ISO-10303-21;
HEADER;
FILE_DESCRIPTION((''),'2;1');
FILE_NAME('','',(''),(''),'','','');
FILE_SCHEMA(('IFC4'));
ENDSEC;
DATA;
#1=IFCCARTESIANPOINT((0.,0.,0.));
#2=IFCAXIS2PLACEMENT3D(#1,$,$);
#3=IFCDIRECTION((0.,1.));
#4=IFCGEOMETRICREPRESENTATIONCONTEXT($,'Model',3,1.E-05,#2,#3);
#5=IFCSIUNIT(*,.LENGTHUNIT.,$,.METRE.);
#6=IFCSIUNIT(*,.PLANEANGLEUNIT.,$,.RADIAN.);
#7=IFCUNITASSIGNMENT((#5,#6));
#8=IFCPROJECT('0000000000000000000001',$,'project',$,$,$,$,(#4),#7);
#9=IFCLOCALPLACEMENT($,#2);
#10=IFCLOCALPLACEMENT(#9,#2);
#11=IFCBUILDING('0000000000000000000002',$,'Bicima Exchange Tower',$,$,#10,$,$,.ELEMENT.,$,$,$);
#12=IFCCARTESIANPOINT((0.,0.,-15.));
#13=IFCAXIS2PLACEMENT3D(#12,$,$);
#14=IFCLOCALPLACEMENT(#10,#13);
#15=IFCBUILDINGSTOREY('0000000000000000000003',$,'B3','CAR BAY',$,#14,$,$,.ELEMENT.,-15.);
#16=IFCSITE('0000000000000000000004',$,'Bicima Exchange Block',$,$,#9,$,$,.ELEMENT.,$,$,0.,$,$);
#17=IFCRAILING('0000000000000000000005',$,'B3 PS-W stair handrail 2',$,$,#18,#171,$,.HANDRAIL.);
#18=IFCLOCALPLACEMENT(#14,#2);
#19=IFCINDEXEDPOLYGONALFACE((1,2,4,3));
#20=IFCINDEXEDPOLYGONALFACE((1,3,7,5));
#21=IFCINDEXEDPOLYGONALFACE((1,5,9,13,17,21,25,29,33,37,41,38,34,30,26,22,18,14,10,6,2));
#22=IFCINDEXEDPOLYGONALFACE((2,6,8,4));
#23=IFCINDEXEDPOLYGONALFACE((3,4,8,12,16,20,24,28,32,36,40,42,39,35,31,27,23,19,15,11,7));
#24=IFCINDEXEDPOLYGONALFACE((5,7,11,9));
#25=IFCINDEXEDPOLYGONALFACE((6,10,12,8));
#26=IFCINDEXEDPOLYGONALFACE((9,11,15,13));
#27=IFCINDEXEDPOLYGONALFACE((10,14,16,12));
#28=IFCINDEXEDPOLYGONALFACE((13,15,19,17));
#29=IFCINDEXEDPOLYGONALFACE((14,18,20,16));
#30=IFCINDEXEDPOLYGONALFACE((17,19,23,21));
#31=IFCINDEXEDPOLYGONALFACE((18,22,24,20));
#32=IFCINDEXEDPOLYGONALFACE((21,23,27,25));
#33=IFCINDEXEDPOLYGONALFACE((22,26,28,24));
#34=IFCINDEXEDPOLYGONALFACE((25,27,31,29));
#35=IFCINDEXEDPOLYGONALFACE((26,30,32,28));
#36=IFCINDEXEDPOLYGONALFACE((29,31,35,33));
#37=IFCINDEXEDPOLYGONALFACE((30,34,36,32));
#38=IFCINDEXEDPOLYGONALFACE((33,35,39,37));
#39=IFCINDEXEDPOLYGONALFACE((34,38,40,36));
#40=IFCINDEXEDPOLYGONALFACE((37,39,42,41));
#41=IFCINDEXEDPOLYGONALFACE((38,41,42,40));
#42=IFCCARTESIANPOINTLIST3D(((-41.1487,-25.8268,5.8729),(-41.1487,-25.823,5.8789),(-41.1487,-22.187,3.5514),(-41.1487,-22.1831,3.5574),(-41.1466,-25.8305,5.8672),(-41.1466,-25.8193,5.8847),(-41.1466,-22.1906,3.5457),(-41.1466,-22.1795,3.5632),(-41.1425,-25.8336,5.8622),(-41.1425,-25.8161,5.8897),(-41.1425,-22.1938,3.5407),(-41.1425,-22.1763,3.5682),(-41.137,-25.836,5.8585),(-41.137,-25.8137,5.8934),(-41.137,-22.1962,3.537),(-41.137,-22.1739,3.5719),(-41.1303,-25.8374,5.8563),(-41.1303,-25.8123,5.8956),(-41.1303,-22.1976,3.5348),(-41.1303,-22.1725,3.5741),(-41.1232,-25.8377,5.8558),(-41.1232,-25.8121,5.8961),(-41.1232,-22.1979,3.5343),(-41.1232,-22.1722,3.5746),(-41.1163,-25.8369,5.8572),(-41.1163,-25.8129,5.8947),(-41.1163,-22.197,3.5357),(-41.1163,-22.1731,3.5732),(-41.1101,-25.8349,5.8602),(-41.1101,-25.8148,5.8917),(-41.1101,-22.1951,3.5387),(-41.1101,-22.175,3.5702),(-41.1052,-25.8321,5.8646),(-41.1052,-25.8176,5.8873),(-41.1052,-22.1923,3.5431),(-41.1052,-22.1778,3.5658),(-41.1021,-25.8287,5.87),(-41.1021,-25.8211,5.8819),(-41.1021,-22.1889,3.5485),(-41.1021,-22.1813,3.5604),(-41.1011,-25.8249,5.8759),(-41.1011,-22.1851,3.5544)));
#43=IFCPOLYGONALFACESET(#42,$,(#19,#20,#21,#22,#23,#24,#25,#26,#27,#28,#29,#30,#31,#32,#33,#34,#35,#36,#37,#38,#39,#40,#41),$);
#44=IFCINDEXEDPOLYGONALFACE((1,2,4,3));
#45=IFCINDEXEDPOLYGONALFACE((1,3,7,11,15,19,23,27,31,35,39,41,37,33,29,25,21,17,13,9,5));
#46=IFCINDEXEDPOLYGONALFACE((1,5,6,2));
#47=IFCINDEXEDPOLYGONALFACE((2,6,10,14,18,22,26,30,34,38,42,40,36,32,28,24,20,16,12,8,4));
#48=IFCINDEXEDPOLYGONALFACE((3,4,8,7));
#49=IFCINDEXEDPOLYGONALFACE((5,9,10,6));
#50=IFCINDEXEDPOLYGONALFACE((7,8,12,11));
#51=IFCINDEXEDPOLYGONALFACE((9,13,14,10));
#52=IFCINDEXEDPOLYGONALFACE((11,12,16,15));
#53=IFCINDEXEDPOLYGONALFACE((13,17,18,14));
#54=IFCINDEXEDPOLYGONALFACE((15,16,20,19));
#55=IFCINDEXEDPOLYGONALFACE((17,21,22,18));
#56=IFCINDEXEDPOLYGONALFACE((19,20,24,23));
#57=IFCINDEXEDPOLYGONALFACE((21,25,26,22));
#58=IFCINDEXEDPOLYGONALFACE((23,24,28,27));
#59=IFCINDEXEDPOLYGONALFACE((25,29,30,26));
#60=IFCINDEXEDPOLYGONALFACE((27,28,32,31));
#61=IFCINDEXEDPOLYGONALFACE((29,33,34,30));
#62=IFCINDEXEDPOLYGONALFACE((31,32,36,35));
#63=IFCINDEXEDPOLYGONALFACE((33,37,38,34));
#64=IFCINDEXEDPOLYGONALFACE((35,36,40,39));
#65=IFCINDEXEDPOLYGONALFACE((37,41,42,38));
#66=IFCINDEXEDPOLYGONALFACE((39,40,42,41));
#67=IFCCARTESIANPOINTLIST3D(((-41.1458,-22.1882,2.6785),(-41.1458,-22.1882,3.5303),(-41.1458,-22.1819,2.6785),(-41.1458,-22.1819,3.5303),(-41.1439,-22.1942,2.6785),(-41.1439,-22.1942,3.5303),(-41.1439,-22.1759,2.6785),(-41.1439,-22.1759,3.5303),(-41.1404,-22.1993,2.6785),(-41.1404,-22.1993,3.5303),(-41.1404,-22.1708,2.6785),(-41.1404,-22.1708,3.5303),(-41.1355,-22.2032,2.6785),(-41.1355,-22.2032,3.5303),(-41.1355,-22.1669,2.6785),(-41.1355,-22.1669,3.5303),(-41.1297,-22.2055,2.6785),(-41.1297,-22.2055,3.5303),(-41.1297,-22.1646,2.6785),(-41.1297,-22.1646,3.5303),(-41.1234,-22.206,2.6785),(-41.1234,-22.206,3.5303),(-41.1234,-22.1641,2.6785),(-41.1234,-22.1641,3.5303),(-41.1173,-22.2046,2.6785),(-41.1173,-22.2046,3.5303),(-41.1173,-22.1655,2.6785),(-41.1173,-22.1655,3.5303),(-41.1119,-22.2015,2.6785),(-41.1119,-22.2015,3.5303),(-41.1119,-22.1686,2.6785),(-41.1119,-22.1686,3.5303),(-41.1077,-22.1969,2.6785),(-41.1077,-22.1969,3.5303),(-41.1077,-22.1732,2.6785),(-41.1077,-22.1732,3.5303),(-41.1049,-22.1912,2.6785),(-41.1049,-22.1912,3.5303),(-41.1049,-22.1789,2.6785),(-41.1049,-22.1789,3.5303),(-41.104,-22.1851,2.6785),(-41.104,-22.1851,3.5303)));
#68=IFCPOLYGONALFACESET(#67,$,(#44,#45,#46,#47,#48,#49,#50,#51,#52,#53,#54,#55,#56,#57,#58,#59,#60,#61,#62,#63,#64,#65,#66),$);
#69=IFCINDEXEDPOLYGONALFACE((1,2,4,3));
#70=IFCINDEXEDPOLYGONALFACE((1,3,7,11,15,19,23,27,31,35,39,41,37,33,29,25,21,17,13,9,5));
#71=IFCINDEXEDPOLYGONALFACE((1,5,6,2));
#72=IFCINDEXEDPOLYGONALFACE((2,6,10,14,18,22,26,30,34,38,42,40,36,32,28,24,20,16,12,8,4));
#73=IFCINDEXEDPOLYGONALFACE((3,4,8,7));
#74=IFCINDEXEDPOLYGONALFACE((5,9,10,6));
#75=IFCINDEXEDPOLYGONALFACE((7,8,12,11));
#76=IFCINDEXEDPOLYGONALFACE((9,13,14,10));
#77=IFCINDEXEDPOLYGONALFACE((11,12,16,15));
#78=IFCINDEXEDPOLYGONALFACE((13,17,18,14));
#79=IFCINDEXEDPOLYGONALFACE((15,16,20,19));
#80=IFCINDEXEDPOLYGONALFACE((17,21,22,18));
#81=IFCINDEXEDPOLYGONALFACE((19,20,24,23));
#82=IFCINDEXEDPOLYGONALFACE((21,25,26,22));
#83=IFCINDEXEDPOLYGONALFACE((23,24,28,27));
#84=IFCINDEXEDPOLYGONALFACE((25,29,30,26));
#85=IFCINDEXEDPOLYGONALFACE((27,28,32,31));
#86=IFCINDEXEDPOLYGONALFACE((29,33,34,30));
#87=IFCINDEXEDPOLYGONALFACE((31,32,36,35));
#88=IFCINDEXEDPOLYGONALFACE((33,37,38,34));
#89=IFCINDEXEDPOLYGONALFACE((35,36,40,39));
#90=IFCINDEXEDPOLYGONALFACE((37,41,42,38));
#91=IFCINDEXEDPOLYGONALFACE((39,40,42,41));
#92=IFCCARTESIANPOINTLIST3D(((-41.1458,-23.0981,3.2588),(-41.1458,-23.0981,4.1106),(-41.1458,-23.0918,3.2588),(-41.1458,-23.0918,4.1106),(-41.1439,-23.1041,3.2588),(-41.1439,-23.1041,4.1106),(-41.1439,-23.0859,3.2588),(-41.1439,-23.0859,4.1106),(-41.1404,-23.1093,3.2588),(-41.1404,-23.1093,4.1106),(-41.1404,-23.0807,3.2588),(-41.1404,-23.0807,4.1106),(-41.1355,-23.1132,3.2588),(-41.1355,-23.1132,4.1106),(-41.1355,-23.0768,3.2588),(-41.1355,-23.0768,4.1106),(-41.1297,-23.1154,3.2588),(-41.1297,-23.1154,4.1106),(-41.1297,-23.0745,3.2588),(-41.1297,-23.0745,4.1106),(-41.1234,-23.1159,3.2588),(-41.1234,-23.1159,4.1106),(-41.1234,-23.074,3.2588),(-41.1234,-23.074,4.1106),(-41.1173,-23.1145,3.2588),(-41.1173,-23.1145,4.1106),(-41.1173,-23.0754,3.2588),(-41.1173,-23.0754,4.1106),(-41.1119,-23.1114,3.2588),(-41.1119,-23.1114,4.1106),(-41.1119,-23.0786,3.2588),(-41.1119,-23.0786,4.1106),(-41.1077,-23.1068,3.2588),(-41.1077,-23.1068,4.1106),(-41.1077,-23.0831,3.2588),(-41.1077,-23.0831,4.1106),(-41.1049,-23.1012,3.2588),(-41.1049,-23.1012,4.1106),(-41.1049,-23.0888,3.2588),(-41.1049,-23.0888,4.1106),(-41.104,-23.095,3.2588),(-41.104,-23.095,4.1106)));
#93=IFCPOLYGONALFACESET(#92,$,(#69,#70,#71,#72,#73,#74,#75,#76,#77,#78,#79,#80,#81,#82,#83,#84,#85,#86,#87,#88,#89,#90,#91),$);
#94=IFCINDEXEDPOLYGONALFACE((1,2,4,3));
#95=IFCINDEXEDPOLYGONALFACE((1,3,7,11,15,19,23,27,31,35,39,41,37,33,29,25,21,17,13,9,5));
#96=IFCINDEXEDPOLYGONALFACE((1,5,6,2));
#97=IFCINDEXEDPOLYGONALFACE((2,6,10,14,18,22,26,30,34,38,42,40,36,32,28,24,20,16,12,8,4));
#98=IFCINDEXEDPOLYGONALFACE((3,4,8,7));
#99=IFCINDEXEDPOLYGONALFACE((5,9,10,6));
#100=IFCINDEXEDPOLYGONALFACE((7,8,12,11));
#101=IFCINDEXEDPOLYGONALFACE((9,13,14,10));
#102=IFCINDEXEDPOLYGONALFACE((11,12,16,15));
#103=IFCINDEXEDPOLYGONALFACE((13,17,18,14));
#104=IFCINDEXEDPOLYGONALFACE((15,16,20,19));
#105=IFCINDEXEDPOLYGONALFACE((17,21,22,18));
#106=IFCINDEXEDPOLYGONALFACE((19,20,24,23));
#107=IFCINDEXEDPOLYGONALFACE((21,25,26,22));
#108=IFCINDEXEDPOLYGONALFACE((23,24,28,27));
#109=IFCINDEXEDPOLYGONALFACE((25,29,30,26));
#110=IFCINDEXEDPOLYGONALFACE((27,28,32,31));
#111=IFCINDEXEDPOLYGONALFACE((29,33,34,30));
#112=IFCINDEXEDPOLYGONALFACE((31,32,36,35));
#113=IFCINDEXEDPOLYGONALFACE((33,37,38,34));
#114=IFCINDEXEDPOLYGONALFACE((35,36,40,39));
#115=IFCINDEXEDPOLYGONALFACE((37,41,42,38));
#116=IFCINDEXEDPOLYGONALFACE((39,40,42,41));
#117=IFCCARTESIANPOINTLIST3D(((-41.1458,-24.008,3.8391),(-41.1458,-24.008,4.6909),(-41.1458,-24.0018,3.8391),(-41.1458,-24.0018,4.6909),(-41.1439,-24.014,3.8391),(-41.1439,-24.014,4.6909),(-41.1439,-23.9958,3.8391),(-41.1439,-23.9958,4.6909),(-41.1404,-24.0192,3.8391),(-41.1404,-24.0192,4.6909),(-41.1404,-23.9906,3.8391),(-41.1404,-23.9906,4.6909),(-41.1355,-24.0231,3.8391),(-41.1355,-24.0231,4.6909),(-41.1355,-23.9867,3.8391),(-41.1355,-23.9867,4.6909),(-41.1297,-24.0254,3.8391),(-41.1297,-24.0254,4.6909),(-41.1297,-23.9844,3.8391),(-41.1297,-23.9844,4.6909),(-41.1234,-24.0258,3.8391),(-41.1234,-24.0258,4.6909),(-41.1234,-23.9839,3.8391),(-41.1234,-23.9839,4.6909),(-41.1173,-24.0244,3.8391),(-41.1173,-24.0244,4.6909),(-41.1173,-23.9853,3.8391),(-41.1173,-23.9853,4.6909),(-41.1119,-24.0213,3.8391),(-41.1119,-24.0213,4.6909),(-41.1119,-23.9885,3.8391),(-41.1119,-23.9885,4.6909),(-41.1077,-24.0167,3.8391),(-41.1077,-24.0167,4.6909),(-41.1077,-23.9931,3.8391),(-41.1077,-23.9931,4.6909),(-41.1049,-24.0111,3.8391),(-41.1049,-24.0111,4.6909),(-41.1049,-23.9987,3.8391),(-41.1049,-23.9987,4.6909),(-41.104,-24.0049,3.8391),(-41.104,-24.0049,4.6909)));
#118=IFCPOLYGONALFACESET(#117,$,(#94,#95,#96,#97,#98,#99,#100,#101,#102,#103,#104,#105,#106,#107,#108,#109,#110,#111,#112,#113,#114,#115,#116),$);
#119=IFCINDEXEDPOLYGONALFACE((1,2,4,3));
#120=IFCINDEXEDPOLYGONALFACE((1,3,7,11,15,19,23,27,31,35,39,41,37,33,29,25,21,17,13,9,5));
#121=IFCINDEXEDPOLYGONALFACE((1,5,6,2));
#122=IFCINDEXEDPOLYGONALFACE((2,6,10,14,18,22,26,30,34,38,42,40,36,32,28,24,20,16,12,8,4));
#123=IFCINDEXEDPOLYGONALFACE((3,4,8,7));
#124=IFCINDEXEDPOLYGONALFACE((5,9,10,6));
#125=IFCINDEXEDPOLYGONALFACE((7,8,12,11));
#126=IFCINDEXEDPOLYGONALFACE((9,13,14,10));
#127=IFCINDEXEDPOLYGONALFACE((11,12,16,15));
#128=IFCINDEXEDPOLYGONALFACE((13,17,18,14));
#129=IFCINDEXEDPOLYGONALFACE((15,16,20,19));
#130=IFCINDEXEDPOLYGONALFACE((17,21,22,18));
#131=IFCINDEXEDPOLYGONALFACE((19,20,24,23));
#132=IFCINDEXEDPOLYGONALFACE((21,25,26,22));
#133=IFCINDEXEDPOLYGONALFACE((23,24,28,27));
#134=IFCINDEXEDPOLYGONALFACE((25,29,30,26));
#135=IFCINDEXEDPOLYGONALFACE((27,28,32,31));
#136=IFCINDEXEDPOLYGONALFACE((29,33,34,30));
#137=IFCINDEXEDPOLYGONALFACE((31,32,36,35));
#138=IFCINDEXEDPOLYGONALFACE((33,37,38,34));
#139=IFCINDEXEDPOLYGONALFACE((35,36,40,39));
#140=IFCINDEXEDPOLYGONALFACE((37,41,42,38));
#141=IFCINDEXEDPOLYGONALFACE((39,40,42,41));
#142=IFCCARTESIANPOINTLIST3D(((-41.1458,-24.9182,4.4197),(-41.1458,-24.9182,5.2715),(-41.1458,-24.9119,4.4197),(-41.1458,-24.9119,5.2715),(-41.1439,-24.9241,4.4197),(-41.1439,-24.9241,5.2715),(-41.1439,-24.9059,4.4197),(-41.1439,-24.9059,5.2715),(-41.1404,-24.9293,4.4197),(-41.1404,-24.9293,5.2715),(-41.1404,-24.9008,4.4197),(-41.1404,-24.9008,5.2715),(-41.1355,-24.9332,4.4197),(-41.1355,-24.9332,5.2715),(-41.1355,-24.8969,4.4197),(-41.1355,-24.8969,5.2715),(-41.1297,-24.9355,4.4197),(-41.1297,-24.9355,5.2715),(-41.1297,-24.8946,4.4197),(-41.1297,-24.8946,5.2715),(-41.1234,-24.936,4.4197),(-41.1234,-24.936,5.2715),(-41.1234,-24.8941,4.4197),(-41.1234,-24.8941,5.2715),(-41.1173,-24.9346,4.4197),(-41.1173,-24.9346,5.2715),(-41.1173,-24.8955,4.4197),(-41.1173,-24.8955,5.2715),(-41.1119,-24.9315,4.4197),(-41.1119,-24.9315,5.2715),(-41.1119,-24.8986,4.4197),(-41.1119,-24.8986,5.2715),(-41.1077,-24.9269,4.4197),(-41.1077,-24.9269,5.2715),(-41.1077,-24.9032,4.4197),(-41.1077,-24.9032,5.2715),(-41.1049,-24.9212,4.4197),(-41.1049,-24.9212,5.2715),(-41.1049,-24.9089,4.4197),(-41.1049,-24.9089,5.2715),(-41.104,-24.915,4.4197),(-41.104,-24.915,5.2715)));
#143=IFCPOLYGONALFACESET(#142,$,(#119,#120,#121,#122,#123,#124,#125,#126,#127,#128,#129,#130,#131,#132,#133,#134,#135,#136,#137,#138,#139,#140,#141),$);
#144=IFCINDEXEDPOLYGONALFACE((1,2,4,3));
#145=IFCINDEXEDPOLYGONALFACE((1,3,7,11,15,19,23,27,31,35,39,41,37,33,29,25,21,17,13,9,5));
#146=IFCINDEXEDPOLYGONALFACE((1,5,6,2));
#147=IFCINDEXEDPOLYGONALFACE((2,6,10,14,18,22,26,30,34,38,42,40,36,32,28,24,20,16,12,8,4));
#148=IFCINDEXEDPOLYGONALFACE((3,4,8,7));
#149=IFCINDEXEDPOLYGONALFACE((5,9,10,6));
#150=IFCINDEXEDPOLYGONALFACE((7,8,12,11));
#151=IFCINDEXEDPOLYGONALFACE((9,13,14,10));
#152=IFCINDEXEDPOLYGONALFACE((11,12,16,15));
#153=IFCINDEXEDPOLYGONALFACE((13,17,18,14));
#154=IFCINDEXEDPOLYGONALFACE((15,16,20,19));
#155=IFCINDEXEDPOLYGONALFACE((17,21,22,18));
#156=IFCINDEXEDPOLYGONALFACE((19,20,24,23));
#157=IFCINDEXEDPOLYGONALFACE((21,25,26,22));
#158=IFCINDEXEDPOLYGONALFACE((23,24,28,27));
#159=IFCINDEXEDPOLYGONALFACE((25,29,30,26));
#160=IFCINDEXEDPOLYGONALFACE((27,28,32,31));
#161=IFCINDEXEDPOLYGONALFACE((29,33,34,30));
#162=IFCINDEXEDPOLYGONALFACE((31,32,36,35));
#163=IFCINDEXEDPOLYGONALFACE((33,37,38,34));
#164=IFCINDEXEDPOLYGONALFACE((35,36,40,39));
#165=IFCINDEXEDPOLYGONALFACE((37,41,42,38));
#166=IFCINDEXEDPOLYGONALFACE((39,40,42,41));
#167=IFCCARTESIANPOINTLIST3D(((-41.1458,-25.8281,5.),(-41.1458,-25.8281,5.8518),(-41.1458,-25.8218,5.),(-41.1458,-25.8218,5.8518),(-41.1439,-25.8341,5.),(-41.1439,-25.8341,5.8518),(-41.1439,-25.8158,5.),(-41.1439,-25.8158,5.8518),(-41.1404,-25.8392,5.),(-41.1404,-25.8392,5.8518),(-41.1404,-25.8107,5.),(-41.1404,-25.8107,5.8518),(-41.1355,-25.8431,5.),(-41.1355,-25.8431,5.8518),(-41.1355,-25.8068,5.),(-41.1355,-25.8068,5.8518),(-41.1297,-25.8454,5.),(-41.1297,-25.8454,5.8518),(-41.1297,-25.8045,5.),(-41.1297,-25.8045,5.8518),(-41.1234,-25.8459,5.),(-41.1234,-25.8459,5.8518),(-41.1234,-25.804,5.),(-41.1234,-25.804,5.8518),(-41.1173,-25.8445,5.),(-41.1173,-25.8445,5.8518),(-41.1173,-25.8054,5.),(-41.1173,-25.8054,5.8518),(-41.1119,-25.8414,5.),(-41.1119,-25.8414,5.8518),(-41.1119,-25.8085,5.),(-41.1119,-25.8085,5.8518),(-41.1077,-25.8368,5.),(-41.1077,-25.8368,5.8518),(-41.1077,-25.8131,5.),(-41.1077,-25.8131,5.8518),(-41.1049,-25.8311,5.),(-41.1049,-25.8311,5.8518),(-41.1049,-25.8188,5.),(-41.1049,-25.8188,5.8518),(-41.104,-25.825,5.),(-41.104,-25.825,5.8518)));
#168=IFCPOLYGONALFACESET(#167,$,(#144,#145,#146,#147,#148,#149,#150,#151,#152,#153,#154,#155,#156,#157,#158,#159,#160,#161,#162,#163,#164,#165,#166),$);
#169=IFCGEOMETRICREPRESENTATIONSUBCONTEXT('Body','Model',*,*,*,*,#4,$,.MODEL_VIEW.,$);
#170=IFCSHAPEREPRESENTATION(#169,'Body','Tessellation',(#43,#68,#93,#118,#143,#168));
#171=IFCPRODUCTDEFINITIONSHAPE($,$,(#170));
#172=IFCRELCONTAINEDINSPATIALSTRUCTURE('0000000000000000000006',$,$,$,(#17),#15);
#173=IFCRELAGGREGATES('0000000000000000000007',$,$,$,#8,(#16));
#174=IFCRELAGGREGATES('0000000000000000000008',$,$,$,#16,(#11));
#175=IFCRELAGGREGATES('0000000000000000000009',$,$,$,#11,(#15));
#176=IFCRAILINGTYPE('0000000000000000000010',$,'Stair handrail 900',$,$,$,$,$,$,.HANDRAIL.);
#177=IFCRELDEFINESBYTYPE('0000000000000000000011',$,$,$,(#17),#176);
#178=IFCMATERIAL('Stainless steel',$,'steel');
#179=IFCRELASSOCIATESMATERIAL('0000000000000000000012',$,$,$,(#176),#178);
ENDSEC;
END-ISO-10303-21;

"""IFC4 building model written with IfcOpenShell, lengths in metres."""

from ifc_helpers import new_model, si_unit, direction, frame, origin, origin_2d, place, context, subcontext, project, spatial, circle, extrude, material, type_object, element, save


model = new_model("IFC4")

# Units and contexts
model_context = context("Model", 3, precision=1e-05, world=origin(), true_north=direction((0.0, 1.0)))
body_context = subcontext(model_context, "Body", "Model", "MODEL_VIEW")
ifc_project = project(units=[si_unit("LENGTHUNIT", "METRE"), si_unit("PLANEANGLEUNIT", "RADIAN")], contexts=[model_context])

# Site, building, storey
site_placement = place(None, origin())
site = spatial("IfcSite", under=ifc_project, at=site_placement, Name="Bicima Exchange Block", CompositionType="ELEMENT", RefElevation=0.0)
building_placement = place(site_placement, origin())
building = spatial("IfcBuilding", under=site, at=building_placement, Name="Bicima Exchange Tower", CompositionType="ELEMENT")
storey_placement = place(building_placement, frame((0.0, 0.0, -15.0)))
storey = spatial("IfcBuildingStorey", under=building, at=storey_placement, Name="B3", Description="CAR BAY", CompositionType="ELEMENT", Elevation=-15.0)

# Railing
ifc_material_1 = material(Name="Stainless steel", Category="steel")
railing_type_1 = type_object("IfcRailingType", Name="Stair handrail 900", PredefinedType="HANDRAIL", material=ifc_material_1)
railing_1_placement = place(storey_placement, frame((-41.125, -22.1851, 2.6785)))
element("IfcRailing", 1, at=railing_1_placement, inside=storey, type_object=railing_type_1, Name="B3 PS-W stair handrail 2", PredefinedType="HANDRAIL", context=body_context, shape_type="SweptSolid", body=[
    extrude(circle(Radius=0.0239, at=origin_2d()), frame((0.0, 0.0, 0.876), z_axis=(0.0, -0.843112, 0.537739), x_axis=(1.0, 0.0, 0.0)), (0.0, 0.0, 1.0), 4.3171),
    extrude(circle(Radius=0.021, at=origin_2d()), origin(), (0.0, 0.0, 1.0), 0.8518),
    extrude(circle(Radius=0.021, at=origin_2d()), frame((0.0, -0.9099, 0.5803)), (0.0, 0.0, 1.0), 0.8518),
    extrude(circle(Radius=0.021, at=origin_2d()), frame((0.0, -1.8198, 1.1606)), (0.0, 0.0, 1.0), 0.8518),
    extrude(circle(Radius=0.021, at=origin_2d()), frame((0.0, -2.73, 1.7412)), (0.0, 0.0, 1.0), 0.8518),
    extrude(circle(Radius=0.021, at=origin_2d()), frame((0.0, -3.6399, 2.3215)), (0.0, 0.0, 1.0), 0.8518),
])

save(model, "model.ifc")
